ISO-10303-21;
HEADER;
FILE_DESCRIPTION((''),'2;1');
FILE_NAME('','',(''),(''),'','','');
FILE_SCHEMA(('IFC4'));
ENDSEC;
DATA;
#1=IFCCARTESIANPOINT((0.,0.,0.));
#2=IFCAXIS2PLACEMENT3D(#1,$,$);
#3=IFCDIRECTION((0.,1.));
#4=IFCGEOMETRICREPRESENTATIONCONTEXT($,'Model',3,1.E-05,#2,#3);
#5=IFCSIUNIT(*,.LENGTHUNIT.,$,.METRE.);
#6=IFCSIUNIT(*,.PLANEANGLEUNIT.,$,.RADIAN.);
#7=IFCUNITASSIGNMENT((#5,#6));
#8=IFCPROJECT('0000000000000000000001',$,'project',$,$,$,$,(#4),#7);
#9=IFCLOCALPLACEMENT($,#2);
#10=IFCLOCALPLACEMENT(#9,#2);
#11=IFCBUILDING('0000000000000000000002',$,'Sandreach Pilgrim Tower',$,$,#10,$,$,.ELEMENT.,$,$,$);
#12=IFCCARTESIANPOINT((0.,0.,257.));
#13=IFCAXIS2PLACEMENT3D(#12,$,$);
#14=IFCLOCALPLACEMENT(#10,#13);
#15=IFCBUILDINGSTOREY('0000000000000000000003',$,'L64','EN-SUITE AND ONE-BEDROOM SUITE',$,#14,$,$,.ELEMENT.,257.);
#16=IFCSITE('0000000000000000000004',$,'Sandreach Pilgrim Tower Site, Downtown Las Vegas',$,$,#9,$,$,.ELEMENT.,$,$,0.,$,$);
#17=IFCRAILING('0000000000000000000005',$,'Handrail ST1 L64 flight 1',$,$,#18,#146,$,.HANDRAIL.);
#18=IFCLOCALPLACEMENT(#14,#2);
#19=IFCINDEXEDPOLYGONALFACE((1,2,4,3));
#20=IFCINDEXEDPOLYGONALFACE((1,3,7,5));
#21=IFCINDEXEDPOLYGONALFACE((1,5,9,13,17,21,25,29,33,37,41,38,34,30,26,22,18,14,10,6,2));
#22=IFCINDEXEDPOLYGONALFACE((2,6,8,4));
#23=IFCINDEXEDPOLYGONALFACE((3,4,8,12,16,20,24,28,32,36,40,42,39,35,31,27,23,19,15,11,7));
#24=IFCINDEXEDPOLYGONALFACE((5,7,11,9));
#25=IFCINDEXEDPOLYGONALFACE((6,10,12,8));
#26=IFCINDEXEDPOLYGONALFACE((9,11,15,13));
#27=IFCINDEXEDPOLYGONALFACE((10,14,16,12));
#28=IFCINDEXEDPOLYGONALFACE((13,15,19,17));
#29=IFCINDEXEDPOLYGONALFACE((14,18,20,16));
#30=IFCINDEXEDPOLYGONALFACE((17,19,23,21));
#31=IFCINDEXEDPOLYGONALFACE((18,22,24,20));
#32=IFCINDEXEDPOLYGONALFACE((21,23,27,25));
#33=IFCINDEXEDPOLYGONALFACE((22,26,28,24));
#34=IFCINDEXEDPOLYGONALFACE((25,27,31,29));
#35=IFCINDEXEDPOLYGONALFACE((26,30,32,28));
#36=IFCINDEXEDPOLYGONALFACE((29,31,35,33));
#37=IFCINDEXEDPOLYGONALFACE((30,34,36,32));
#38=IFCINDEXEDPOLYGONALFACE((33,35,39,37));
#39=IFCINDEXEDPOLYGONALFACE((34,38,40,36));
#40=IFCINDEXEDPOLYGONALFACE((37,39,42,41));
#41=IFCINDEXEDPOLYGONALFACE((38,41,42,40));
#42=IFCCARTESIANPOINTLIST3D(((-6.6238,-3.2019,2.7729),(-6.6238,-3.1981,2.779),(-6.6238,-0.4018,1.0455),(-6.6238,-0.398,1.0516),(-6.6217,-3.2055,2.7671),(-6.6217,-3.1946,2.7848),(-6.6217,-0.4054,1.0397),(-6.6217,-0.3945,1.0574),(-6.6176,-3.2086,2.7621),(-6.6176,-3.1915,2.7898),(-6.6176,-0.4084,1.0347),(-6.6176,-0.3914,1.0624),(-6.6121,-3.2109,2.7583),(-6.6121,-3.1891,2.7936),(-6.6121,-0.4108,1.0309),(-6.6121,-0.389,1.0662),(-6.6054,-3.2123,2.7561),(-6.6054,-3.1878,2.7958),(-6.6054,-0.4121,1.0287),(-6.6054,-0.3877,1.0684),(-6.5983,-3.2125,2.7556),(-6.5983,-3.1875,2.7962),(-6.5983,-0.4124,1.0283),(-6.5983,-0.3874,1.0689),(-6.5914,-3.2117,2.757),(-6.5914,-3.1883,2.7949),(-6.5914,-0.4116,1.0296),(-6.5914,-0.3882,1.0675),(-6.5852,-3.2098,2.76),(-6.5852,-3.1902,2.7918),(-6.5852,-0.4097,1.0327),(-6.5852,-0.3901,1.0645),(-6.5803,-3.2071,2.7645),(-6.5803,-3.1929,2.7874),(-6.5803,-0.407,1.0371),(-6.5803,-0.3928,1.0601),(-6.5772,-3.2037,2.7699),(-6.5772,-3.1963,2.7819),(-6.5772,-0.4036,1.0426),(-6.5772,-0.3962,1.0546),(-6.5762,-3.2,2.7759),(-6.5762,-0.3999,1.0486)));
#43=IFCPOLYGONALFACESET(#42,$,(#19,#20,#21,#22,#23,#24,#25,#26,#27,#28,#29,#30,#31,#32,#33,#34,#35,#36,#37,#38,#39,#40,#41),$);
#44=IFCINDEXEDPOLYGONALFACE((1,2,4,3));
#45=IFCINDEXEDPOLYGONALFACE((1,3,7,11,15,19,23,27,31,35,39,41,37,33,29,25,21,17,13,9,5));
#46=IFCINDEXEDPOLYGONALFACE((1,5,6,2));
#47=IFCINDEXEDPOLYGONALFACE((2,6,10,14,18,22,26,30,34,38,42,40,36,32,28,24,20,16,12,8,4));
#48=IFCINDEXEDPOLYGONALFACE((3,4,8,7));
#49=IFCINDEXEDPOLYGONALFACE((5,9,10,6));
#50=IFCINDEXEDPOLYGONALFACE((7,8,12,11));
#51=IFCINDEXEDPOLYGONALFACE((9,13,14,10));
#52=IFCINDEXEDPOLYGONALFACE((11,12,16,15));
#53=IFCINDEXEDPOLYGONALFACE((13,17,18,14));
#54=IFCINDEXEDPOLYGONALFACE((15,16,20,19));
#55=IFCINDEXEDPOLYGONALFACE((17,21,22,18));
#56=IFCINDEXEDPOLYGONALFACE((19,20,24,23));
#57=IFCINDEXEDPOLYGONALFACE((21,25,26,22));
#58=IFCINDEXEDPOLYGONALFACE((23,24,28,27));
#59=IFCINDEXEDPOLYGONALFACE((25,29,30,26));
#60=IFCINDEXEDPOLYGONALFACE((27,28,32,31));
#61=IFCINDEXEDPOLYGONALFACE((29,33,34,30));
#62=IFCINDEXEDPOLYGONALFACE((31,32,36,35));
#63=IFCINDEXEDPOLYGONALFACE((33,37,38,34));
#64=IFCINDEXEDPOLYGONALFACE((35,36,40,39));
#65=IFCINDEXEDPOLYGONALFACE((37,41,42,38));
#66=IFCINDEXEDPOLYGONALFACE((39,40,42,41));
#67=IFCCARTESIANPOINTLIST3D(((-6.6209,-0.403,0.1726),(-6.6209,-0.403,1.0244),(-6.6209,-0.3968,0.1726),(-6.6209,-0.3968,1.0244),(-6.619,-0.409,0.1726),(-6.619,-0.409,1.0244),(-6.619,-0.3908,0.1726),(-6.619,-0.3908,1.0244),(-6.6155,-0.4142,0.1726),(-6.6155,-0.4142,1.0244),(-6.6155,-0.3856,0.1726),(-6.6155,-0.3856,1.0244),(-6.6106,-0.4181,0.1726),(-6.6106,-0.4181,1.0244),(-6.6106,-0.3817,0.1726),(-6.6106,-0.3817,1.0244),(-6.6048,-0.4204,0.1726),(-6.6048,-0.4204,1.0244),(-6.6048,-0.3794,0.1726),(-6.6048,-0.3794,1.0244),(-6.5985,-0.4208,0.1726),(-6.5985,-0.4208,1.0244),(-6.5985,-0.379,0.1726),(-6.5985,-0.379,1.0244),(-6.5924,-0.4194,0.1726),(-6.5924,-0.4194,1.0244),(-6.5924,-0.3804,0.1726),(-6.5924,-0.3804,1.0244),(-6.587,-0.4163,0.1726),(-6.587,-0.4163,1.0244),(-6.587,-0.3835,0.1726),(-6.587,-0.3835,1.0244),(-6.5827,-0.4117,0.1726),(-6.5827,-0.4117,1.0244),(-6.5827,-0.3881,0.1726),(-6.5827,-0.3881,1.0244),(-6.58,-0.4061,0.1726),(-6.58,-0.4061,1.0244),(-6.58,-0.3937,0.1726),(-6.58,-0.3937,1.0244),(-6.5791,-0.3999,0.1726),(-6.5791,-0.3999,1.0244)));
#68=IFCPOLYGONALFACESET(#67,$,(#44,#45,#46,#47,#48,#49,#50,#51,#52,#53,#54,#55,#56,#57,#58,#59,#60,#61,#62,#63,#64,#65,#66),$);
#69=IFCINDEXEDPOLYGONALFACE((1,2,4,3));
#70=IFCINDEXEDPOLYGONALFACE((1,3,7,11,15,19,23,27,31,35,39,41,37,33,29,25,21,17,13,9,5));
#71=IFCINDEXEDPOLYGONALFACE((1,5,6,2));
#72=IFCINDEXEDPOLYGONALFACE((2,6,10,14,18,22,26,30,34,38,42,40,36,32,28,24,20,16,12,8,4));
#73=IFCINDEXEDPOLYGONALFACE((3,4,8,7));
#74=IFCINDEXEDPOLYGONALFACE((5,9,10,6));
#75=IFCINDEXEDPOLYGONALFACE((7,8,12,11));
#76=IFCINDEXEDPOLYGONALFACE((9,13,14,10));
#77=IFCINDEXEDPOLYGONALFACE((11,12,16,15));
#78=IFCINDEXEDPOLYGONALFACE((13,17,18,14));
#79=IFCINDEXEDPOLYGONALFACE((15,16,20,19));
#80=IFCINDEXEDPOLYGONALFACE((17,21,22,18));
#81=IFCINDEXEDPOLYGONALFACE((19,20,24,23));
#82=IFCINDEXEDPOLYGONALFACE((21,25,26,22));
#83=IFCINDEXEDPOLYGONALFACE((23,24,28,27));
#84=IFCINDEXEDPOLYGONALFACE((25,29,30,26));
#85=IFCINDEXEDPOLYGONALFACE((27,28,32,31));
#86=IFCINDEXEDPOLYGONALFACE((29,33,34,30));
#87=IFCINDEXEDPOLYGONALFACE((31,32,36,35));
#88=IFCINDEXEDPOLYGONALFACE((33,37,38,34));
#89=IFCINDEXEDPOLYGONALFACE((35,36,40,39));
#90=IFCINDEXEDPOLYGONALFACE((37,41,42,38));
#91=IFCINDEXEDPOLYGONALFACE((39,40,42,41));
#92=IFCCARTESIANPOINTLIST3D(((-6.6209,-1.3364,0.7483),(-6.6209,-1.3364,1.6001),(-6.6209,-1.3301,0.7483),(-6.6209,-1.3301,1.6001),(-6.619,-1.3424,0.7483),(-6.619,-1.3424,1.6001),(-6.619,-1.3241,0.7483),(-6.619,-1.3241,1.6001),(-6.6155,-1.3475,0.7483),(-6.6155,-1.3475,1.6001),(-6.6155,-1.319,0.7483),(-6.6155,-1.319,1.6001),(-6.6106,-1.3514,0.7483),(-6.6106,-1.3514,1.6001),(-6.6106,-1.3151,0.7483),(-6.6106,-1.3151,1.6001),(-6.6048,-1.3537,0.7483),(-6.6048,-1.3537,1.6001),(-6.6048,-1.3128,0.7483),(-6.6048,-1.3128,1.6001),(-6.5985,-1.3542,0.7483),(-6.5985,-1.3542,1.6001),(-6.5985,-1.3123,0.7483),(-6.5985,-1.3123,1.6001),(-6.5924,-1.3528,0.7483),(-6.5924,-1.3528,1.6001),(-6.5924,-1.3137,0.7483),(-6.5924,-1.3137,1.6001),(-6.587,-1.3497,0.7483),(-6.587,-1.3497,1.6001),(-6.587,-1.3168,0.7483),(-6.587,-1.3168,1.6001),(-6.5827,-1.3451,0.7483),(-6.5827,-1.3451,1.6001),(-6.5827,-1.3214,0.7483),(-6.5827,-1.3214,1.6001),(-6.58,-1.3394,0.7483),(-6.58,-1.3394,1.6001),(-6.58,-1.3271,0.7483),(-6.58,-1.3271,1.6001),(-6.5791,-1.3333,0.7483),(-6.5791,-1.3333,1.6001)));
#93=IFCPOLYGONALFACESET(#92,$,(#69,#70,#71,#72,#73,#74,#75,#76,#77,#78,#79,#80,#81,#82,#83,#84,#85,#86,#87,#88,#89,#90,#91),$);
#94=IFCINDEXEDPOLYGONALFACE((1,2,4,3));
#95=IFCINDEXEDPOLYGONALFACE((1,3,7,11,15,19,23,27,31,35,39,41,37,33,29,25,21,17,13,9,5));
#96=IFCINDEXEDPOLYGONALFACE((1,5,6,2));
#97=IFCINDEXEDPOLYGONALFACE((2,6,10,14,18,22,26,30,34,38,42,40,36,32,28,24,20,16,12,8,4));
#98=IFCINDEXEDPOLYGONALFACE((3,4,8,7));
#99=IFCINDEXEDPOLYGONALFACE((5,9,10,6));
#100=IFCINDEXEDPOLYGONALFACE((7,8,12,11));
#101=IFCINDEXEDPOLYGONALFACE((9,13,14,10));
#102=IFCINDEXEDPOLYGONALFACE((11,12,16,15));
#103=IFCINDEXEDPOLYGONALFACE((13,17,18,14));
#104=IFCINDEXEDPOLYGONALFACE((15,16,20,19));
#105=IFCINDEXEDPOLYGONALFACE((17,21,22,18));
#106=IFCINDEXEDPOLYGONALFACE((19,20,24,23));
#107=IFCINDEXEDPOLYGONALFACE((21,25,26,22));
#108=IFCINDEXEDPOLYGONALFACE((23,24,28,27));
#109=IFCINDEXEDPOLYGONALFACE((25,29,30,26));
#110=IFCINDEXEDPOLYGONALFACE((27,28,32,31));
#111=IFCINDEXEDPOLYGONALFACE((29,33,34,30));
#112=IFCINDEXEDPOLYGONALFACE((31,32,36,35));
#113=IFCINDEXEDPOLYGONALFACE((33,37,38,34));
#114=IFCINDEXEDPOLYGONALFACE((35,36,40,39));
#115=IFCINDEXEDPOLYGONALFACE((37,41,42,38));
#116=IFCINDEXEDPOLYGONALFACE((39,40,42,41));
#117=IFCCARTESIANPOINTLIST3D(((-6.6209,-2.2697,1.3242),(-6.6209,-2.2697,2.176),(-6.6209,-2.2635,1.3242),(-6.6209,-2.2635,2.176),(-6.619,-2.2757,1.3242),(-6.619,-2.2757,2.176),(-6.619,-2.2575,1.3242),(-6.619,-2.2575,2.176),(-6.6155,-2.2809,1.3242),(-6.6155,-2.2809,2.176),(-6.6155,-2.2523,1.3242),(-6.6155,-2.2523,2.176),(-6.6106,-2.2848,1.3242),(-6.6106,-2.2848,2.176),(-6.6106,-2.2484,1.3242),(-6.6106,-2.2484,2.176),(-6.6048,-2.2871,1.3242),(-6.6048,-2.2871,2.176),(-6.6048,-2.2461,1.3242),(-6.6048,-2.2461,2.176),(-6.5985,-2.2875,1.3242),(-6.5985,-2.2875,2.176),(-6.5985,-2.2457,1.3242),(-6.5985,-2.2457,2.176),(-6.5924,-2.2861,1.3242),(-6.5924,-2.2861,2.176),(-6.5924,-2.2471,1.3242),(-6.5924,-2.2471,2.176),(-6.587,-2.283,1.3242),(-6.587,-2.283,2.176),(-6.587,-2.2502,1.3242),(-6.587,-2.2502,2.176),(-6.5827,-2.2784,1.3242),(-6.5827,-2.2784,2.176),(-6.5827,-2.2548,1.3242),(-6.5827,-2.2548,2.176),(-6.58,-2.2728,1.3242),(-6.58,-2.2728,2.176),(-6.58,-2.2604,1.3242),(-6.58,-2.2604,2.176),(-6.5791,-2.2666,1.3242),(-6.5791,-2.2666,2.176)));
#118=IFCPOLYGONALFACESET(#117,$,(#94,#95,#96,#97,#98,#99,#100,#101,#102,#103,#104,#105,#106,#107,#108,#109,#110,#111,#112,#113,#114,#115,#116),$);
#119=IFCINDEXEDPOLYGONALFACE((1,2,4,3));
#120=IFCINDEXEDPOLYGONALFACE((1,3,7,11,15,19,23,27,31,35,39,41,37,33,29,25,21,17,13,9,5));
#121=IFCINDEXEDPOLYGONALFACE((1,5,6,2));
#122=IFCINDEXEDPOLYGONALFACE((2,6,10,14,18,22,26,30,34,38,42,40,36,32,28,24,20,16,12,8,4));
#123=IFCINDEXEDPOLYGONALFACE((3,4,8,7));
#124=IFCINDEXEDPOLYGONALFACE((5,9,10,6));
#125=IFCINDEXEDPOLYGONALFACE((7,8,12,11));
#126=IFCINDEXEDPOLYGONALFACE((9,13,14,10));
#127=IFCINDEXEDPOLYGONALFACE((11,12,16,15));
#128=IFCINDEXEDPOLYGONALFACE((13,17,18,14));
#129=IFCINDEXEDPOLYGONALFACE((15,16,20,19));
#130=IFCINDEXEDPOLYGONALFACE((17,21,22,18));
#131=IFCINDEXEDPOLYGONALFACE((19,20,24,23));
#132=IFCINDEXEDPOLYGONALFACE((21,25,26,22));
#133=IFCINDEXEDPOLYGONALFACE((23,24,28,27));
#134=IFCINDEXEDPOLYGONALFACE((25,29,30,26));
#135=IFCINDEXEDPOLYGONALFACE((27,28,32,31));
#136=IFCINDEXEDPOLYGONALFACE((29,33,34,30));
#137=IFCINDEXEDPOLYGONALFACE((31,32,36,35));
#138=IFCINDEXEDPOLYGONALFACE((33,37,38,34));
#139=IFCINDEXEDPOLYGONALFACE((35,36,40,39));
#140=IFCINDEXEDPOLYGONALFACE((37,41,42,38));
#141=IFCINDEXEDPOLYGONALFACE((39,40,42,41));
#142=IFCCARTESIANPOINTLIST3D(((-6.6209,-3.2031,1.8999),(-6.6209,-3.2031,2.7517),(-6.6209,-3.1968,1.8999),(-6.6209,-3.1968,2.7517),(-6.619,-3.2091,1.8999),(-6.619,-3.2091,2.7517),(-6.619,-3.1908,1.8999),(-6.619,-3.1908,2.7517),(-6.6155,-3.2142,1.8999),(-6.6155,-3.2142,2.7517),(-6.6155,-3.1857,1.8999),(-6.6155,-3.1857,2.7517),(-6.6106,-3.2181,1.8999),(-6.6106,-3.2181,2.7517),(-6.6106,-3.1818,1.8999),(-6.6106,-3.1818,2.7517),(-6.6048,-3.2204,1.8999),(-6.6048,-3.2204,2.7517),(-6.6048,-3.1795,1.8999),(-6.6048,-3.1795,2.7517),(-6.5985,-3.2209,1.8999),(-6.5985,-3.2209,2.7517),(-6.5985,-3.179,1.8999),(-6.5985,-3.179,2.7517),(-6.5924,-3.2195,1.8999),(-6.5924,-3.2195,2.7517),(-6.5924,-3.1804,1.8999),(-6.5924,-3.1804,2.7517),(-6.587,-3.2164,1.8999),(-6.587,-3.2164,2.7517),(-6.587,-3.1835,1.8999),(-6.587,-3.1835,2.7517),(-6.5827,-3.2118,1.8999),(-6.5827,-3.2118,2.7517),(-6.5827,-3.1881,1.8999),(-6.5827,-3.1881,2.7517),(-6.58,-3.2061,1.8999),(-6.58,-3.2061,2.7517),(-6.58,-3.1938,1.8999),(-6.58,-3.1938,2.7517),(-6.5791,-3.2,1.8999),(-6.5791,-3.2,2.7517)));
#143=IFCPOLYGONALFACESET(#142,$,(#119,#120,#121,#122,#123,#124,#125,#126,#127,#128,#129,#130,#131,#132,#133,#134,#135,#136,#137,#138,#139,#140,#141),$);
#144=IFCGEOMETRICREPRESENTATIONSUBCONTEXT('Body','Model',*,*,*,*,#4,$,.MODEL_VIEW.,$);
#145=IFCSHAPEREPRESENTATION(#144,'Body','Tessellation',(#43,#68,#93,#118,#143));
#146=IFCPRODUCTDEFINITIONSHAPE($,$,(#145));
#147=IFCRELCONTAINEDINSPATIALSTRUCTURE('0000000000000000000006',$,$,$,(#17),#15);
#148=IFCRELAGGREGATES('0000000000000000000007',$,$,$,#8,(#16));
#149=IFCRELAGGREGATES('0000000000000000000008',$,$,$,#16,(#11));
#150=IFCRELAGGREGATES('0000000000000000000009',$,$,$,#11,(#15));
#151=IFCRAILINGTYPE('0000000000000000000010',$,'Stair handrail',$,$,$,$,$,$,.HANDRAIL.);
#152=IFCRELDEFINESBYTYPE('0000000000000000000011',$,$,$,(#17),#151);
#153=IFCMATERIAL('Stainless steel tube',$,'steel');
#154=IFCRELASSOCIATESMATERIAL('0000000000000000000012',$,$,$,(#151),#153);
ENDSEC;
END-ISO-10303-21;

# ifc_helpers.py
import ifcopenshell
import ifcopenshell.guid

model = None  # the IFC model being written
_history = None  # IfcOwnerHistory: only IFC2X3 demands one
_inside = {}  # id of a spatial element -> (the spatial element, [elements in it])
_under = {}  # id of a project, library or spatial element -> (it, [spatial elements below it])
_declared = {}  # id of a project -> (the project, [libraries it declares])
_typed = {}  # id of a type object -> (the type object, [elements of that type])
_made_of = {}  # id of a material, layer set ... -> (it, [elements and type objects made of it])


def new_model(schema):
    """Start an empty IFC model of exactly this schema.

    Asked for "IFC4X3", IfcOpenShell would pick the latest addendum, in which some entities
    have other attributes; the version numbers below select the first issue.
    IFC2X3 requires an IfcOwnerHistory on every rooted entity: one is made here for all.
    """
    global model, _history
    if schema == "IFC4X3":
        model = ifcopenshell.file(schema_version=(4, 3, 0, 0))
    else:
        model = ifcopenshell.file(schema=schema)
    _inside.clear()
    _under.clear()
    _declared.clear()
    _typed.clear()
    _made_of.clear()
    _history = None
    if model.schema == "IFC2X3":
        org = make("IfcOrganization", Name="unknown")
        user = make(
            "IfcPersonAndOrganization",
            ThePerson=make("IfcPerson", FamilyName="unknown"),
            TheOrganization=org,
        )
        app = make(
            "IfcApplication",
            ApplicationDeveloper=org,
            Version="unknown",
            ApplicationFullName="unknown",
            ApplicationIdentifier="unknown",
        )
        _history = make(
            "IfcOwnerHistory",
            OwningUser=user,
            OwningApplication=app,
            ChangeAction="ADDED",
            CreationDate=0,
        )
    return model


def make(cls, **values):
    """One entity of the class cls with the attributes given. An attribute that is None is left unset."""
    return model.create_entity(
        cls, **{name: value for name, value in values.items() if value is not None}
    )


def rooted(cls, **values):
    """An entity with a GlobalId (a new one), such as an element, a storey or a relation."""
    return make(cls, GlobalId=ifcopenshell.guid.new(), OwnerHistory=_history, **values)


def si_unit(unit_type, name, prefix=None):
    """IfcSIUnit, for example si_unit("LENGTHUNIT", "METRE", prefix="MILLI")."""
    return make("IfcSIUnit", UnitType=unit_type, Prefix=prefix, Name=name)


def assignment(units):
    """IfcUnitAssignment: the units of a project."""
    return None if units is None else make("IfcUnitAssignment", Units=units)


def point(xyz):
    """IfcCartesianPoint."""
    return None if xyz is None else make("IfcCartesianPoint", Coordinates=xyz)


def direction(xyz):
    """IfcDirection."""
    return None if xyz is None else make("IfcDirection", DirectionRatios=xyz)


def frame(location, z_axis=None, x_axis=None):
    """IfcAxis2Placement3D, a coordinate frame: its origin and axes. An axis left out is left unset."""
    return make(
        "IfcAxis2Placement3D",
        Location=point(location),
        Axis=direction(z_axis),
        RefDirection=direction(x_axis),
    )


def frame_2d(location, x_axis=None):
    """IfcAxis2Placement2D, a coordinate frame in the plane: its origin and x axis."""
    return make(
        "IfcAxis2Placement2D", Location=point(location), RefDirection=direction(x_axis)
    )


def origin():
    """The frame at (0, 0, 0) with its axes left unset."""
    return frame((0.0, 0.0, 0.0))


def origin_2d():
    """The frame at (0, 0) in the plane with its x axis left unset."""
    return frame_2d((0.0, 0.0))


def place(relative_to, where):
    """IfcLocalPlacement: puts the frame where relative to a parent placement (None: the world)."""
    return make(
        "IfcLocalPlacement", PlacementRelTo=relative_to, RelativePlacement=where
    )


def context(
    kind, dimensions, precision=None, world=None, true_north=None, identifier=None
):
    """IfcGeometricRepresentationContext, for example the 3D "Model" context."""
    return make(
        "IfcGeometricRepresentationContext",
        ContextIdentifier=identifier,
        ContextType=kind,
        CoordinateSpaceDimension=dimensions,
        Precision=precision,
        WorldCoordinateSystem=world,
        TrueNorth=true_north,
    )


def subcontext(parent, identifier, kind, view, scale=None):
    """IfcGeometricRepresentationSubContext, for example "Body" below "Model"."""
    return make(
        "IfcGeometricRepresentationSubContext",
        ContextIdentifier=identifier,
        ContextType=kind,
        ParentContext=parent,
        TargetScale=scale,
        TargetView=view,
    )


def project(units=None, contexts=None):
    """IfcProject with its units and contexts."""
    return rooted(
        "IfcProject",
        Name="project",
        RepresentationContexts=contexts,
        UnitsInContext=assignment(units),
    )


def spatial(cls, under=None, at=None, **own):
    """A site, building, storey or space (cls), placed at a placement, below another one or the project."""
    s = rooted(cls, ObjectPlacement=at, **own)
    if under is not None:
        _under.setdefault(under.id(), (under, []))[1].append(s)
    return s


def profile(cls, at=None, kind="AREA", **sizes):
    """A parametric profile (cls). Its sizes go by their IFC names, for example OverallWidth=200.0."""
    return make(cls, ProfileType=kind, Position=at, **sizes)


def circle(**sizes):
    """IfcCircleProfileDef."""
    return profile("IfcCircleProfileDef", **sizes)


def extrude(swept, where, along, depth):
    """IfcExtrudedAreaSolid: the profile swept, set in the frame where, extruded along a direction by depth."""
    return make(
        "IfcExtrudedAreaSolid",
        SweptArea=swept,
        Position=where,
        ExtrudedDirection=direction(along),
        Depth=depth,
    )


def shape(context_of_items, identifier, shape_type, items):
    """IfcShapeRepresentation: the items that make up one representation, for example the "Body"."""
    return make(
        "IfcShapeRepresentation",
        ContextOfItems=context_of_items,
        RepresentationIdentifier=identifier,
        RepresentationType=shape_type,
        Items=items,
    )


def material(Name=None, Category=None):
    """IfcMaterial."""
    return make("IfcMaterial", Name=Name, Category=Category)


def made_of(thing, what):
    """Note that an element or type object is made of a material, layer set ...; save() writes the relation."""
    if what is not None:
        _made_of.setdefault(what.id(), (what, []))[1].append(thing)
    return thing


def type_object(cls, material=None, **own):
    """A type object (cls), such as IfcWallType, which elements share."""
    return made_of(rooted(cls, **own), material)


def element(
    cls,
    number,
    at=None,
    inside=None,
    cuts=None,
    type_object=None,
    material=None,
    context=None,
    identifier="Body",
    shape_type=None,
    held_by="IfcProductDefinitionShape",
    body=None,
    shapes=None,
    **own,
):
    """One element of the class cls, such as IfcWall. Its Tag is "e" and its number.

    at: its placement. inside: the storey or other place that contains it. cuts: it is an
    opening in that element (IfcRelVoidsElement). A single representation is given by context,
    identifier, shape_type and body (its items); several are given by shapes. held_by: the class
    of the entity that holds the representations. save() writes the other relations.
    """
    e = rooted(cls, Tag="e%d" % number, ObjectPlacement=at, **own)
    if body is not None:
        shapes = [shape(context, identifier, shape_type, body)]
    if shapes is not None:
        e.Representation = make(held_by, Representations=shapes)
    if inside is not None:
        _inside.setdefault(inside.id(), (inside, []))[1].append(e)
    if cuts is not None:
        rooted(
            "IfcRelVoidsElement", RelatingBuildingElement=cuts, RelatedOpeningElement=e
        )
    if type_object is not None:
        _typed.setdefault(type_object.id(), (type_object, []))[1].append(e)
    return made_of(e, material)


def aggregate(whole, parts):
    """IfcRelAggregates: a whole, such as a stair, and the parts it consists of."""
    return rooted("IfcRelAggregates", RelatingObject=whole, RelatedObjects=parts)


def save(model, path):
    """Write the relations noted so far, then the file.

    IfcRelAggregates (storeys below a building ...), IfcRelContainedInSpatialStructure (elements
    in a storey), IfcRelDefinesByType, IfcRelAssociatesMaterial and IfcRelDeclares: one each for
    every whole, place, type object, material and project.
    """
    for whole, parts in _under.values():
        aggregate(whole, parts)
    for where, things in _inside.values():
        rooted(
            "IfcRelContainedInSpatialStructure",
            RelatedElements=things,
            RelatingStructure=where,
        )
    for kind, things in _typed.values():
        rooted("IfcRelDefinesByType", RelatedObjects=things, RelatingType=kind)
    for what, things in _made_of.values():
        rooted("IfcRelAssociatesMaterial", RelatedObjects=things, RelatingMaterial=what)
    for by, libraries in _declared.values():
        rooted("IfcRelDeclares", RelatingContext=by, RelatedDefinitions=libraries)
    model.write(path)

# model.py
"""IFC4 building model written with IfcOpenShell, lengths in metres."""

from ifc_helpers import new_model, si_unit, direction, frame, origin, origin_2d, place, context, subcontext, project, spatial, circle, extrude, material, type_object, element, save


model = new_model("IFC4")

# Units and contexts
model_context = context("Model", 3, precision=1e-05, world=origin(), true_north=direction((0.0, 1.0)))
body_context = subcontext(model_context, "Body", "Model", "MODEL_VIEW")
ifc_project = project(units=[si_unit("LENGTHUNIT", "METRE"), si_unit("PLANEANGLEUNIT", "RADIAN")], contexts=[model_context])

# Site, building, storey
site_placement = place(None, origin())
site = spatial("IfcSite", under=ifc_project, at=site_placement, Name="Sandreach Pilgrim Tower Site, Downtown Las Vegas", CompositionType="ELEMENT", RefElevation=0.0)
building_placement = place(site_placement, origin())
building = spatial("IfcBuilding", under=site, at=building_placement, Name="Sandreach Pilgrim Tower", CompositionType="ELEMENT")
storey_placement = place(building_placement, frame((0.0, 0.0, 257.0)))
storey = spatial("IfcBuildingStorey", under=building, at=storey_placement, Name="L64", Description="EN-SUITE AND ONE-BEDROOM SUITE", CompositionType="ELEMENT", Elevation=257.0)

# Railing
ifc_material_1 = material(Name="Stainless steel tube", Category="steel")
railing_type = type_object("IfcRailingType", Name="Stair handrail", PredefinedType="HANDRAIL", material=ifc_material_1)
railing_placement = place(storey_placement, frame((-6.6001, -0.3999, 0.1726)))
element("IfcRailing", 1, at=railing_placement, inside=storey, type_object=railing_type, Name="Handrail ST1 L64 flight 1", PredefinedType="HANDRAIL", context=body_context, shape_type="SweptSolid", body=[
    extrude(circle(Radius=0.0239, at=origin_2d()), frame((0.0, 0.0, 0.876), z_axis=(0.0, -0.85109, 0.52502), x_axis=(1.0, 0.0, 0.0)), (0.0, 0.0, 1.0), 3.29),
    extrude(circle(Radius=0.021, at=origin_2d()), origin(), (0.0, 0.0, 1.0), 0.8518),
    extrude(circle(Radius=0.021, at=origin_2d()), frame((0.0, -0.9333, 0.5757)), (0.0, 0.0, 1.0), 0.8518),
    extrude(circle(Radius=0.021, at=origin_2d()), frame((0.0, -1.8667, 1.1516)), (0.0, 0.0, 1.0), 0.8518),
    extrude(circle(Radius=0.021, at=origin_2d()), frame((0.0, -2.8, 1.7273)), (0.0, 0.0, 1.0), 0.8518),
])

save(model, "model.ifc")
